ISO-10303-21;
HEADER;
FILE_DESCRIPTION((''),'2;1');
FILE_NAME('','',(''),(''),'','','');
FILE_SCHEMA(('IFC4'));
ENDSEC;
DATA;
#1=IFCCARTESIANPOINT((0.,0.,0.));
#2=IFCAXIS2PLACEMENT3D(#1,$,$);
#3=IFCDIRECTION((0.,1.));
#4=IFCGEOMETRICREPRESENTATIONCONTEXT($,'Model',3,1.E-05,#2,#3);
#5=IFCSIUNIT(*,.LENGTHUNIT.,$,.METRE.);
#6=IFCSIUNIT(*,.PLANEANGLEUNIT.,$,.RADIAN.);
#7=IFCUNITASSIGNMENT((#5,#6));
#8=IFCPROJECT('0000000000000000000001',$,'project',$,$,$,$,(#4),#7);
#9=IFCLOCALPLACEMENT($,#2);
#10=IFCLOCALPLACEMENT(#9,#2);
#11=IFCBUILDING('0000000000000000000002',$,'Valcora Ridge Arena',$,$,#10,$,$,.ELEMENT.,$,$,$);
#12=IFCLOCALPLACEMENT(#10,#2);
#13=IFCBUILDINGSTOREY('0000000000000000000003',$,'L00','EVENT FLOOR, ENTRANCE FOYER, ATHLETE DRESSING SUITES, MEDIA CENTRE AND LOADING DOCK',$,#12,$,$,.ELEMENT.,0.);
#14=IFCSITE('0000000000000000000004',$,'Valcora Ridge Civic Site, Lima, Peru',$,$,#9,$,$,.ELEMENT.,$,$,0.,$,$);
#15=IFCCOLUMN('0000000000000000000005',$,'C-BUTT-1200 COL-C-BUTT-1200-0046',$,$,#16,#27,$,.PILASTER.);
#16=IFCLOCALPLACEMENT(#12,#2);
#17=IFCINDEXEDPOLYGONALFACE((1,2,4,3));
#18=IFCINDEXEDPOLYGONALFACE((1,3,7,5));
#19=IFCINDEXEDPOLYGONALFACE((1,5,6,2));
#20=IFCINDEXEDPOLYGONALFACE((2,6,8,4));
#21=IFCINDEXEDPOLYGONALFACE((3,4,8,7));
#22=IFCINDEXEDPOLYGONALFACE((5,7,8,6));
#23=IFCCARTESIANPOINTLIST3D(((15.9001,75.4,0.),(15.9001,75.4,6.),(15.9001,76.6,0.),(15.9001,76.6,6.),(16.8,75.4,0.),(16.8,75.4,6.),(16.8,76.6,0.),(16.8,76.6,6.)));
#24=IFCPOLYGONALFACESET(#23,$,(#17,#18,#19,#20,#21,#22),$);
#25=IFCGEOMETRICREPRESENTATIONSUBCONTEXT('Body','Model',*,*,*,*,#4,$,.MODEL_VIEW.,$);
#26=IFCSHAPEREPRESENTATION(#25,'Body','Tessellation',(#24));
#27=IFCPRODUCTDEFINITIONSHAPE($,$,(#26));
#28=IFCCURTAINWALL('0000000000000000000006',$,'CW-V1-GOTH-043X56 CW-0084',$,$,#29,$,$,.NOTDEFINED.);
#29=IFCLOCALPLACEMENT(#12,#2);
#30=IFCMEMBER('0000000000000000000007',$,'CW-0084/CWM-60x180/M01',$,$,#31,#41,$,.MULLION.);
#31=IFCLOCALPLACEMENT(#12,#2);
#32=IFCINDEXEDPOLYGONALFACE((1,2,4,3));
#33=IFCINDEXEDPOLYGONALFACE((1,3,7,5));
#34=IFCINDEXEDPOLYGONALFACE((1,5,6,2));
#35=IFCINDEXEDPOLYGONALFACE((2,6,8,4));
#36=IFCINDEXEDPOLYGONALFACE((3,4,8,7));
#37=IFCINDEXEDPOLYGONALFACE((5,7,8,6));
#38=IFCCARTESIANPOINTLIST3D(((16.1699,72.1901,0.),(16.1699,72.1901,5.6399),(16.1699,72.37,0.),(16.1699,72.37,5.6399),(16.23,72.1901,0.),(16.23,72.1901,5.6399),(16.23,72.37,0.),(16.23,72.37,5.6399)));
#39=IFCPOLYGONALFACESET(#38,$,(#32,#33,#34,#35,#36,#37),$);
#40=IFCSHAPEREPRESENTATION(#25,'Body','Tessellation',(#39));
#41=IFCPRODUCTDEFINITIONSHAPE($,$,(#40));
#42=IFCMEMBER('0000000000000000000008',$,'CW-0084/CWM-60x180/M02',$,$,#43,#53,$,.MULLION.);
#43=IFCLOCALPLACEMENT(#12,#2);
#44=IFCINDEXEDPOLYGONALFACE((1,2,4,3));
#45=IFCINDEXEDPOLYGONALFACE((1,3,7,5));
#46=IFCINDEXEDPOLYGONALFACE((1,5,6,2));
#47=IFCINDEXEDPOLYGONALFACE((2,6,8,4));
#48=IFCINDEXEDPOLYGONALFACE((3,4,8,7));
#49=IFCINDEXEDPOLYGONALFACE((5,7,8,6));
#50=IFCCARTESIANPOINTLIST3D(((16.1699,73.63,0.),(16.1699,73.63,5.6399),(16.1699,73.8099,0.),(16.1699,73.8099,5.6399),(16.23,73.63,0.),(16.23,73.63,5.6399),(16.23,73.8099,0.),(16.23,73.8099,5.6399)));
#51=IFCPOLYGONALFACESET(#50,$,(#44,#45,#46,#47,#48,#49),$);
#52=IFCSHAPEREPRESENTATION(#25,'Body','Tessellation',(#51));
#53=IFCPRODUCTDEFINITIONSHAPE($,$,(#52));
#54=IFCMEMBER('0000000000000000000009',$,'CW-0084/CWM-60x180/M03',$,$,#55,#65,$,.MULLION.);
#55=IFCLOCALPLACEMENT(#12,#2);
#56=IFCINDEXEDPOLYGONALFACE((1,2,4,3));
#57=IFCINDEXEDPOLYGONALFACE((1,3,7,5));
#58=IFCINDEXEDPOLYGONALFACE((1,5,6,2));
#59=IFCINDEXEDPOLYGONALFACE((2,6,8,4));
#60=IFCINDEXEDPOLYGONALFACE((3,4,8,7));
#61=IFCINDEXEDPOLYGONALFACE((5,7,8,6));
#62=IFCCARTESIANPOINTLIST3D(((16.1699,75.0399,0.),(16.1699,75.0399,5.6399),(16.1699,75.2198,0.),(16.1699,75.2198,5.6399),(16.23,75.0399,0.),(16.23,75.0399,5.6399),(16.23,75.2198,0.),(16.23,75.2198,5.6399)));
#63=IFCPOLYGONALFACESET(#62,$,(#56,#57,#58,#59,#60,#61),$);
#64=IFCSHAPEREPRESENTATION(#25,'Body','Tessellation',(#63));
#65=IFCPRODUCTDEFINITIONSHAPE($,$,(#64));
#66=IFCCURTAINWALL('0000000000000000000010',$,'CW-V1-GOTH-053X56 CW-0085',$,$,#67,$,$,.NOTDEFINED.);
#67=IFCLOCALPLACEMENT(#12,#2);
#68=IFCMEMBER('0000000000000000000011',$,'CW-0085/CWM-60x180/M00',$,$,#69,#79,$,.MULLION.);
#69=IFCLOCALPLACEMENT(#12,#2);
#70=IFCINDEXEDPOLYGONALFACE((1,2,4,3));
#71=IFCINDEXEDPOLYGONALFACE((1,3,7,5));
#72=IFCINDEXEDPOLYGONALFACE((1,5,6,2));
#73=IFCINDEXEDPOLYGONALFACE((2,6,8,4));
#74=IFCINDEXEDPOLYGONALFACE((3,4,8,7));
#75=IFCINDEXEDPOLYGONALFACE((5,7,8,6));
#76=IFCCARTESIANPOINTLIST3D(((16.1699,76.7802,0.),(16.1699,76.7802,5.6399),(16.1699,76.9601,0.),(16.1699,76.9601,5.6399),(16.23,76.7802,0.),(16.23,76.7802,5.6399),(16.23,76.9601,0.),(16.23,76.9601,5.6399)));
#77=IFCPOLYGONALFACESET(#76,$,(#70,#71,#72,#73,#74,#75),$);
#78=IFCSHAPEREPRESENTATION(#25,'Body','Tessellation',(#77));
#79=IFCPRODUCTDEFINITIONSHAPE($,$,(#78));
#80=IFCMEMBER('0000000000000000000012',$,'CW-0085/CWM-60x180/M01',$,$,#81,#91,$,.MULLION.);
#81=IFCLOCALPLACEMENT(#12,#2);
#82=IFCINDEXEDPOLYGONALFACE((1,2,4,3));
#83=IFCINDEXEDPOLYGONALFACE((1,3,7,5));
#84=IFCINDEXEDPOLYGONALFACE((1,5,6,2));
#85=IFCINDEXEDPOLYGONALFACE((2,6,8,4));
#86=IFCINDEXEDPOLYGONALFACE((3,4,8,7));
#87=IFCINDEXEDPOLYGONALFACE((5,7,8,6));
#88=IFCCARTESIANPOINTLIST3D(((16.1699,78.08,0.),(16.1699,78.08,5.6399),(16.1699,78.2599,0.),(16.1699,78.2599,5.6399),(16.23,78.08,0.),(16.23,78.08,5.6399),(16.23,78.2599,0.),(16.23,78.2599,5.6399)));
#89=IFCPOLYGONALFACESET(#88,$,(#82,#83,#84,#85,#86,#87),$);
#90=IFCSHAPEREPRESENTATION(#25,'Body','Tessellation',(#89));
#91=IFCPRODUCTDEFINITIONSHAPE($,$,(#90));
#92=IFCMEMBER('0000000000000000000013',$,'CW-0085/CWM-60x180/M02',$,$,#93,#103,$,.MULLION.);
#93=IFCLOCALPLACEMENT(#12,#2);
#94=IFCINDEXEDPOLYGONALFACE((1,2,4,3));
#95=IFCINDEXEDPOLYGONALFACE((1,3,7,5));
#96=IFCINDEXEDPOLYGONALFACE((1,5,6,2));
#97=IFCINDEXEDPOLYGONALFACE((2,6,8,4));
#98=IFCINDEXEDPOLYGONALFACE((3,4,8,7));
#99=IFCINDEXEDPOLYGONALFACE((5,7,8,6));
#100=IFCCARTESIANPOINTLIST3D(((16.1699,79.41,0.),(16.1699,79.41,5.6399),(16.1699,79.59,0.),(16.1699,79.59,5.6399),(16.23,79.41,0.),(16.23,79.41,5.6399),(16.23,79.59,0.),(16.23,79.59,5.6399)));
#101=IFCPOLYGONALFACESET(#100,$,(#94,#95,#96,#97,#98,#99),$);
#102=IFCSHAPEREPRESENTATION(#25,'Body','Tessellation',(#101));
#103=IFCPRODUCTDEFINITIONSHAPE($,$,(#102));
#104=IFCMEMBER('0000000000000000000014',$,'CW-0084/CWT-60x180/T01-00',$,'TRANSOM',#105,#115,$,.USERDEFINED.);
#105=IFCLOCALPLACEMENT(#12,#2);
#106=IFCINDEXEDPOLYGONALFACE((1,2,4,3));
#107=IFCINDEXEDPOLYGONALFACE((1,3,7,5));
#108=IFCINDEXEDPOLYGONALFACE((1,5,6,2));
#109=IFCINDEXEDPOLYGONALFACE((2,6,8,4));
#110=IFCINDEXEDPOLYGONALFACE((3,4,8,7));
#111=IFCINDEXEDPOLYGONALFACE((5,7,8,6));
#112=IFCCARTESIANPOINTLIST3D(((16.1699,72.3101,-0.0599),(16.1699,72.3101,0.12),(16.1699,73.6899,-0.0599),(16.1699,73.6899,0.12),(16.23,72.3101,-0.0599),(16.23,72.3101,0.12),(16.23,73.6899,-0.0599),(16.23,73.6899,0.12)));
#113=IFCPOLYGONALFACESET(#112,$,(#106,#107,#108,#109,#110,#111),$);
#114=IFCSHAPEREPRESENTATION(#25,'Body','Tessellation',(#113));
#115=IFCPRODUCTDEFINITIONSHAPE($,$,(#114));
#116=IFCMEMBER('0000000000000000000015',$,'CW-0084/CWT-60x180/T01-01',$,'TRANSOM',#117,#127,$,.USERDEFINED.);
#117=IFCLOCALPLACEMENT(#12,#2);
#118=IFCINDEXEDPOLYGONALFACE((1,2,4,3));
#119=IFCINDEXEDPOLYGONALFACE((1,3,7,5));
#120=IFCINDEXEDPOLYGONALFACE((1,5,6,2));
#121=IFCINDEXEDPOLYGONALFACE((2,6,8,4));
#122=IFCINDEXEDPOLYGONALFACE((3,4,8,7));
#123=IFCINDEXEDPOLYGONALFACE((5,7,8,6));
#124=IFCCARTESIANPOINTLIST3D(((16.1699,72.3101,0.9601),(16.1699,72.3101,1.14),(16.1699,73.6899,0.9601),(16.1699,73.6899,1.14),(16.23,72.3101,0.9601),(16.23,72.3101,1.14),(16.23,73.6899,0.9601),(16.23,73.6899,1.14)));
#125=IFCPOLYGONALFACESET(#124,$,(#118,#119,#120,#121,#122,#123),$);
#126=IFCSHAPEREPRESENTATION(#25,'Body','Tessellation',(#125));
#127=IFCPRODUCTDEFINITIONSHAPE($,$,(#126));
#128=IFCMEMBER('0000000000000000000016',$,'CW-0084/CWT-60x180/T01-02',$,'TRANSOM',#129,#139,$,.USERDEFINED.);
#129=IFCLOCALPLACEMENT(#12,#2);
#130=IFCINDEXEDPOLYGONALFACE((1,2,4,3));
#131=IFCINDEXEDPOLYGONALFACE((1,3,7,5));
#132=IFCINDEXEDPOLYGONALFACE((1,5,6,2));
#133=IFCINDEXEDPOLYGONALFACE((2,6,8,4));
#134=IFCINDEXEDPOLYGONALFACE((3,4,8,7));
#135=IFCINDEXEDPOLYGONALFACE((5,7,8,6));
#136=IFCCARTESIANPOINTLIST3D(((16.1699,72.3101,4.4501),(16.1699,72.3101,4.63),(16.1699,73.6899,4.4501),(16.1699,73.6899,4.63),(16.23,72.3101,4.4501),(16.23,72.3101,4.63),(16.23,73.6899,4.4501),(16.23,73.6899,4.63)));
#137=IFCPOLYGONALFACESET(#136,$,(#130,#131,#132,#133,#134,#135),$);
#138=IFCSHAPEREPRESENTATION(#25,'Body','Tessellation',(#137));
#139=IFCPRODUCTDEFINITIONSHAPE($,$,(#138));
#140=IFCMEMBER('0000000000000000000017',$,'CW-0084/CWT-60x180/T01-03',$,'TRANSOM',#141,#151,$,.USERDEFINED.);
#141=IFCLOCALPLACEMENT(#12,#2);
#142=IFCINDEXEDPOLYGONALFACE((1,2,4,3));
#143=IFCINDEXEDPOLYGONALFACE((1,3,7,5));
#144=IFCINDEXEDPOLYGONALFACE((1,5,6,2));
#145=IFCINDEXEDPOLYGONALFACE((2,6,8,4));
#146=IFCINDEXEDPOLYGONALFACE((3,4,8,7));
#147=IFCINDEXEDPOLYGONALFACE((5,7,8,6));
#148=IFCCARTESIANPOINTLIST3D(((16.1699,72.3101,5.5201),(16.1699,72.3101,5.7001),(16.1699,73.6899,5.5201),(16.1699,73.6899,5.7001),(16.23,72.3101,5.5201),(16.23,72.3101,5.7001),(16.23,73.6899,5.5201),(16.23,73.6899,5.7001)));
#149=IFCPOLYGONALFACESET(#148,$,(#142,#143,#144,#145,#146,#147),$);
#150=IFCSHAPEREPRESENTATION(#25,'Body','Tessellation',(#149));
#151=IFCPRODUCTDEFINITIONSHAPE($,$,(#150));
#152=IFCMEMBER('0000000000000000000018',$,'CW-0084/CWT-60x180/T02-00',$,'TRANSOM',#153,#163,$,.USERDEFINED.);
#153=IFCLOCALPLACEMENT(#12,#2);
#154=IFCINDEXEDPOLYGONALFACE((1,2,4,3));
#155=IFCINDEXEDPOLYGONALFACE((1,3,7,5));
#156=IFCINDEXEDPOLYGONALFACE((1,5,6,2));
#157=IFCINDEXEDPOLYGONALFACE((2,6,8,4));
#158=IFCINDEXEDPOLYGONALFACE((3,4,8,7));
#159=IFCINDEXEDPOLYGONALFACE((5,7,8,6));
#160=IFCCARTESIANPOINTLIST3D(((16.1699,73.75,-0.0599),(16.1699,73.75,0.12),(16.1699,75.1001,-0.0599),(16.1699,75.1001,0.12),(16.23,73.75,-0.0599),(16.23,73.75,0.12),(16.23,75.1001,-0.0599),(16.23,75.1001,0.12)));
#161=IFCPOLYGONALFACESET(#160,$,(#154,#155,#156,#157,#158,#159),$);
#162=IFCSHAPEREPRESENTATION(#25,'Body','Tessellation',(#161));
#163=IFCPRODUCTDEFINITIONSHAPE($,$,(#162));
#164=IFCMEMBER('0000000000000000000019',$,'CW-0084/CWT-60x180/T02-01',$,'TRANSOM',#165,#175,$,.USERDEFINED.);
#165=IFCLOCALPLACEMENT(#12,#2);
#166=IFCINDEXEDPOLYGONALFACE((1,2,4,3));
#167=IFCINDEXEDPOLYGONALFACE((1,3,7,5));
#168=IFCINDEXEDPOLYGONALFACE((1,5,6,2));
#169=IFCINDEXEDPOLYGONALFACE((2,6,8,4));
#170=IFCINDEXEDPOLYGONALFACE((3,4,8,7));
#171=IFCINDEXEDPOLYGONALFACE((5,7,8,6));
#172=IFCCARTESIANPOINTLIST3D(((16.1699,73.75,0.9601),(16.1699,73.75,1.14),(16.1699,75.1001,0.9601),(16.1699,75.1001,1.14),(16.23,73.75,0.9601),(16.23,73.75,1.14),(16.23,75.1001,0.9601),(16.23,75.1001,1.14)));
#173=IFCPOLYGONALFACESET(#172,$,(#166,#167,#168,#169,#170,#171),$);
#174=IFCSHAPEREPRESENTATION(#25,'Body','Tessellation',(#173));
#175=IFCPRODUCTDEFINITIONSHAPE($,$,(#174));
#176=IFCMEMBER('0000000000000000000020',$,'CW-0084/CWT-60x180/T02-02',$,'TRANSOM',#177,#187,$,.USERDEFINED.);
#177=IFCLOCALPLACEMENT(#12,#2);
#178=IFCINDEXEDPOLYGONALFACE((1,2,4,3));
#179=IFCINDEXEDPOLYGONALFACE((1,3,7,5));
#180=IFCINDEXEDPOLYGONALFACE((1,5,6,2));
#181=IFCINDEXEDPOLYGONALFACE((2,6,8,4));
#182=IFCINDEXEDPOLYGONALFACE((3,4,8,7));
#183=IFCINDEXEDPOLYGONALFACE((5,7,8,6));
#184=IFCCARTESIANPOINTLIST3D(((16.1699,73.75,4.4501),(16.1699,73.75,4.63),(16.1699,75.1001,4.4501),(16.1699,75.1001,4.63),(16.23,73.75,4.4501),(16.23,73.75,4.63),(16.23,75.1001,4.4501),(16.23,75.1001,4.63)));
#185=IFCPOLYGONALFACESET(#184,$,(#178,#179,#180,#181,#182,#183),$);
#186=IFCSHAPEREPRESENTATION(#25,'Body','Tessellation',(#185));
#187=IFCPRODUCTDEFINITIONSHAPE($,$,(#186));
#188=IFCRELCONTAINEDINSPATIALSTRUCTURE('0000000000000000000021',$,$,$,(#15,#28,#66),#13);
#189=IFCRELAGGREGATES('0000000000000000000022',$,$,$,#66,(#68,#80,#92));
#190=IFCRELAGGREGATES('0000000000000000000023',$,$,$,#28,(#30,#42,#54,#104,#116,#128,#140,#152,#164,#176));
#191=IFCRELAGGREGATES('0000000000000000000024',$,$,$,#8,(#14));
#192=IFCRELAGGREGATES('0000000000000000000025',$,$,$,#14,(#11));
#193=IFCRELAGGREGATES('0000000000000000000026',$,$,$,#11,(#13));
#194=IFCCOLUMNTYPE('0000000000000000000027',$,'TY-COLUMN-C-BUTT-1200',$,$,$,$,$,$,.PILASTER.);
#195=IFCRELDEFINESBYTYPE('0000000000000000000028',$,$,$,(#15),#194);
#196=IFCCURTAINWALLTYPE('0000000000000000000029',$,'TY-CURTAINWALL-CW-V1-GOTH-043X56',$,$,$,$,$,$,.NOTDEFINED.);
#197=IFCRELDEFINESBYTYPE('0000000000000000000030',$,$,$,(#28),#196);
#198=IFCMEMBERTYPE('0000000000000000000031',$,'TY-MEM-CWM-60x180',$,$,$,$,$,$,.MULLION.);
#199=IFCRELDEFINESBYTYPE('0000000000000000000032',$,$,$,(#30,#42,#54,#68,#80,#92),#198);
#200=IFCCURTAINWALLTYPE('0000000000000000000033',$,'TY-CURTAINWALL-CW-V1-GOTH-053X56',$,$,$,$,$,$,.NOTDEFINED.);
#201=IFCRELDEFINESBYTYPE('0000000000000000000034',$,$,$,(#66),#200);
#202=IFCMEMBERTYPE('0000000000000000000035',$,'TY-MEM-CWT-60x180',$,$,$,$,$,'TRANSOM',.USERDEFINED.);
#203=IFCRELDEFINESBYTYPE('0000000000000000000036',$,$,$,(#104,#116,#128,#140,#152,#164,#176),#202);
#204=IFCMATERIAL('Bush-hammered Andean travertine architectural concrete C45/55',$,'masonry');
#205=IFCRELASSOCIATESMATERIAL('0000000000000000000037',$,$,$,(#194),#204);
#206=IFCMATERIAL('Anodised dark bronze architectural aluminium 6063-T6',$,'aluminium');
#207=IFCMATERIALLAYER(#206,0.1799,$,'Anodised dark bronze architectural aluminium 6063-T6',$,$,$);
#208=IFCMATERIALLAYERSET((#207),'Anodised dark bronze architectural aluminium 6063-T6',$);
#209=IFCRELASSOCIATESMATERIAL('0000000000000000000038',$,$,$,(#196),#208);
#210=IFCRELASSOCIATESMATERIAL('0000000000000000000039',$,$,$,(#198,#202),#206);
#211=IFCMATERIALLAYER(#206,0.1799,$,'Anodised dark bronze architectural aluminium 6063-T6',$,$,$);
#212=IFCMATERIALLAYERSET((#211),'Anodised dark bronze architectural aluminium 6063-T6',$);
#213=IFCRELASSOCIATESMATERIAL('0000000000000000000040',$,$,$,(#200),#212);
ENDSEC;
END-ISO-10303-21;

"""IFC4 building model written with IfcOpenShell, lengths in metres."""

from ifc_helpers import new_model, si_unit, direction, frame, origin, origin_2d, place, context, subcontext, project, spatial, rectangle, extrude, material, layer, layer_set, material_profile, profile_set, type_object, element, aggregate, save


model = new_model("IFC4")

# Units and contexts
model_context = context("Model", 3, precision=1e-05, world=origin(), true_north=direction((0.0, 1.0)))
body_context = subcontext(model_context, "Body", "Model", "MODEL_VIEW")
ifc_project = project(units=[si_unit("LENGTHUNIT", "METRE"), si_unit("PLANEANGLEUNIT", "RADIAN")], contexts=[model_context])

# Site, building, storey
site_placement = place(None, origin())
site = spatial("IfcSite", under=ifc_project, at=site_placement, Name="Valcora Ridge Civic Site, Lima, Peru", CompositionType="ELEMENT", RefElevation=0.0)
building_placement = place(site_placement, origin())
building = spatial("IfcBuilding", under=site, at=building_placement, Name="Valcora Ridge Arena", CompositionType="ELEMENT")
storey_placement = place(building_placement, origin())
storey = spatial("IfcBuildingStorey", under=building, at=storey_placement, Name="L00", Description="EVENT FLOOR, ENTRANCE FOYER, ATHLETE DRESSING SUITES, MEDIA CENTRE AND LOADING DOCK", CompositionType="ELEMENT", Elevation=0.0)

# Column
ifc_material_1 = material(Name="Bush-hammered Andean travertine architectural concrete C45/55", Category="masonry")
ifc_material_profile_1 = material_profile(ifc_material_1, rectangle(XDim=0.8999, YDim=1.2, at=origin_2d()), Name="RC 900x1200")
ifc_profile_set_1 = profile_set([ifc_material_profile_1], Name="Bush-hammered Andean travertine architectural concrete C45/55")
column_type = type_object("IfcColumnType", Name="TY-COLUMN-C-BUTT-1200", PredefinedType="PILASTER", material=ifc_profile_set_1)
column_placement = place(storey_placement, frame((16.3501, 76.0, 0.0), z_axis=(0.0, 0.0, 1.0), x_axis=(1.0, 0.0, 0.0)))
element("IfcColumn", 1, at=column_placement, inside=storey, type_object=column_type, Name="C-BUTT-1200 COL-C-BUTT-1200-0046", PredefinedType="PILASTER", context=body_context, shape_type="SweptSolid", body=[
    extrude(rectangle(XDim=0.8999, YDim=1.2, at=origin_2d()), origin(), (0.0, 0.0, 1.0), 6.0),
])

# Curtain walls, members
ifc_material_2 = material(Name="Anodised dark bronze architectural aluminium 6063-T6", Category="aluminium")
ifc_layer_1 = layer(ifc_material_2, 0.1799, Name="Anodised dark bronze architectural aluminium 6063-T6")
ifc_layer_set_1 = layer_set([ifc_layer_1], Name="Anodised dark bronze architectural aluminium 6063-T6")
curtain_wall_type_1 = type_object("IfcCurtainWallType", Name="TY-CURTAINWALL-CW-V1-GOTH-043X56", PredefinedType="NOTDEFINED", material=ifc_layer_set_1)
curtain_wall_1_placement = place(storey_placement, origin())
curtain_wall_1 = element("IfcCurtainWall", 2, at=curtain_wall_1_placement, inside=storey, type_object=curtain_wall_type_1, Name="CW-V1-GOTH-043X56 CW-0084", PredefinedType="NOTDEFINED")
ifc_material_profile_2 = material_profile(ifc_material_2, rectangle(XDim=0.0601, YDim=0.1799, at=origin_2d()), Name="ALU MULLION 60x180")
ifc_profile_set_2 = profile_set([ifc_material_profile_2], Name="Anodised dark bronze architectural aluminium 6063-T6")
member_type_1 = type_object("IfcMemberType", Name="TY-MEM-CWM-60x180", PredefinedType="MULLION", material=ifc_profile_set_2)
member_1_placement = place(storey_placement, frame((16.2, 72.28, 0.0), z_axis=(0.0, 0.0, 1.0), x_axis=(-1.0, 0.0, 0.0)))
member_1 = element("IfcMember", 3, at=member_1_placement, type_object=member_type_1, Name="CW-0084/CWM-60x180/M01", PredefinedType="MULLION", context=body_context, shape_type="SweptSolid", body=[
    extrude(rectangle(XDim=0.0601, YDim=0.1799, at=origin_2d()), origin(), (0.0, 0.0, 1.0), 5.6399),
])
member_2_placement = place(storey_placement, frame((16.2, 73.72, 0.0), z_axis=(0.0, 0.0, 1.0), x_axis=(-1.0, 0.0, 0.0)))
member_2 = element("IfcMember", 4, at=member_2_placement, type_object=member_type_1, Name="CW-0084/CWM-60x180/M02", PredefinedType="MULLION", context=body_context, shape_type="SweptSolid", body=[
    extrude(rectangle(XDim=0.0601, YDim=0.1799, at=origin_2d()), origin(), (0.0, 0.0, 1.0), 5.6399),
])
member_3_placement = place(storey_placement, frame((16.2, 75.1299, 0.0), z_axis=(0.0, 0.0, 1.0), x_axis=(-1.0, 0.0, 0.0)))
member_3 = element("IfcMember", 5, at=member_3_placement, type_object=member_type_1, Name="CW-0084/CWM-60x180/M03", PredefinedType="MULLION", context=body_context, shape_type="SweptSolid", body=[
    extrude(rectangle(XDim=0.0601, YDim=0.1799, at=origin_2d()), origin(), (0.0, 0.0, 1.0), 5.6399),
])
ifc_layer_2 = layer(ifc_material_2, 0.1799, Name="Anodised dark bronze architectural aluminium 6063-T6")
ifc_layer_set_2 = layer_set([ifc_layer_2], Name="Anodised dark bronze architectural aluminium 6063-T6")
curtain_wall_type_2 = type_object("IfcCurtainWallType", Name="TY-CURTAINWALL-CW-V1-GOTH-053X56", PredefinedType="NOTDEFINED", material=ifc_layer_set_2)
curtain_wall_2_placement = place(storey_placement, origin())
curtain_wall_2 = element("IfcCurtainWall", 6, at=curtain_wall_2_placement, inside=storey, type_object=curtain_wall_type_2, Name="CW-V1-GOTH-053X56 CW-0085", PredefinedType="NOTDEFINED")
member_4_placement = place(storey_placement, frame((16.2, 76.8701, 0.0), z_axis=(0.0, 0.0, 1.0), x_axis=(-1.0, 0.0, 0.0)))
member_4 = element("IfcMember", 7, at=member_4_placement, type_object=member_type_1, Name="CW-0085/CWM-60x180/M00", PredefinedType="MULLION", context=body_context, shape_type="SweptSolid", body=[
    extrude(rectangle(XDim=0.0601, YDim=0.1799, at=origin_2d()), origin(), (0.0, 0.0, 1.0), 5.6399),
])
member_5_placement = place(storey_placement, frame((16.2, 78.1699, 0.0), z_axis=(0.0, 0.0, 1.0), x_axis=(-1.0, 0.0, 0.0)))
member_5 = element("IfcMember", 8, at=member_5_placement, type_object=member_type_1, Name="CW-0085/CWM-60x180/M01", PredefinedType="MULLION", context=body_context, shape_type="SweptSolid", body=[
    extrude(rectangle(XDim=0.0601, YDim=0.1799, at=origin_2d()), origin(), (0.0, 0.0, 1.0), 5.6399),
])
member_6_placement = place(storey_placement, frame((16.2, 79.5, 0.0), z_axis=(0.0, 0.0, 1.0), x_axis=(-1.0, 0.0, 0.0)))
member_6 = element("IfcMember", 9, at=member_6_placement, type_object=member_type_1, Name="CW-0085/CWM-60x180/M02", PredefinedType="MULLION", context=body_context, shape_type="SweptSolid", body=[
    extrude(rectangle(XDim=0.0601, YDim=0.1799, at=origin_2d()), origin(), (0.0, 0.0, 1.0), 5.6399),
])

# Members
ifc_material_profile_3 = material_profile(ifc_material_2, rectangle(XDim=0.0601, YDim=0.1799, at=origin_2d()), Name="ALU TRANSOM 60x180")
ifc_profile_set_3 = profile_set([ifc_material_profile_3], Name="Anodised dark bronze architectural aluminium 6063-T6")
member_type_2 = type_object("IfcMemberType", Name="TY-MEM-CWT-60x180", ElementType="TRANSOM", PredefinedType="USERDEFINED", material=ifc_profile_set_3)
member_7_placement = place(storey_placement, frame((16.2, 72.3101, 0.03), z_axis=(0.0, 1.0, 0.0), x_axis=(-1.0, 0.0, 0.0)))
member_7 = element("IfcMember", 10, at=member_7_placement, type_object=member_type_2, Name="CW-0084/CWT-60x180/T01-00", ObjectType="TRANSOM", PredefinedType="USERDEFINED", context=body_context, shape_type="SweptSolid", body=[
    extrude(rectangle(XDim=0.0601, YDim=0.1799, at=origin_2d()), origin(), (0.0, 0.0, 1.0), 1.3799),
])
member_8_placement = place(storey_placement, frame((16.2, 72.3101, 1.05), z_axis=(0.0, 1.0, 0.0), x_axis=(-1.0, 0.0, 0.0)))
member_8 = element("IfcMember", 11, at=member_8_placement, type_object=member_type_2, Name="CW-0084/CWT-60x180/T01-01", ObjectType="TRANSOM", PredefinedType="USERDEFINED", context=body_context, shape_type="SweptSolid", body=[
    extrude(rectangle(XDim=0.0601, YDim=0.1799, at=origin_2d()), origin(), (0.0, 0.0, 1.0), 1.3799),
])
member_9_placement = place(storey_placement, frame((16.2, 72.3101, 4.54), z_axis=(0.0, 1.0, 0.0), x_axis=(-1.0, 0.0, 0.0)))
member_9 = element("IfcMember", 12, at=member_9_placement, type_object=member_type_2, Name="CW-0084/CWT-60x180/T01-02", ObjectType="TRANSOM", PredefinedType="USERDEFINED", context=body_context, shape_type="SweptSolid", body=[
    extrude(rectangle(XDim=0.0601, YDim=0.1799, at=origin_2d()), origin(), (0.0, 0.0, 1.0), 1.3799),
])
member_10_placement = place(storey_placement, frame((16.2, 72.3101, 5.6101), z_axis=(0.0, 1.0, 0.0), x_axis=(-1.0, 0.0, 0.0)))
member_10 = element("IfcMember", 13, at=member_10_placement, type_object=member_type_2, Name="CW-0084/CWT-60x180/T01-03", ObjectType="TRANSOM", PredefinedType="USERDEFINED", context=body_context, shape_type="SweptSolid", body=[
    extrude(rectangle(XDim=0.0601, YDim=0.1799, at=origin_2d()), origin(), (0.0, 0.0, 1.0), 1.3799),
])
member_11_placement = place(storey_placement, frame((16.2, 73.75, 0.03), z_axis=(0.0, 1.0, 0.0), x_axis=(-1.0, 0.0, 0.0)))
member_11 = element("IfcMember", 14, at=member_11_placement, type_object=member_type_2, Name="CW-0084/CWT-60x180/T02-00", ObjectType="TRANSOM", PredefinedType="USERDEFINED", context=body_context, shape_type="SweptSolid", body=[
    extrude(rectangle(XDim=0.0601, YDim=0.1799, at=origin_2d()), origin(), (0.0, 0.0, 1.0), 1.3501),
])
member_12_placement = place(storey_placement, frame((16.2, 73.75, 1.05), z_axis=(0.0, 1.0, 0.0), x_axis=(-1.0, 0.0, 0.0)))
member_12 = element("IfcMember", 15, at=member_12_placement, type_object=member_type_2, Name="CW-0084/CWT-60x180/T02-01", ObjectType="TRANSOM", PredefinedType="USERDEFINED", context=body_context, shape_type="SweptSolid", body=[
    extrude(rectangle(XDim=0.0601, YDim=0.1799, at=origin_2d()), origin(), (0.0, 0.0, 1.0), 1.3501),
])
member_13_placement = place(storey_placement, frame((16.2, 73.75, 4.54), z_axis=(0.0, 1.0, 0.0), x_axis=(-1.0, 0.0, 0.0)))
member_13 = element("IfcMember", 16, at=member_13_placement, type_object=member_type_2, Name="CW-0084/CWT-60x180/T02-02", ObjectType="TRANSOM", PredefinedType="USERDEFINED", context=body_context, shape_type="SweptSolid", body=[
    extrude(rectangle(XDim=0.0601, YDim=0.1799, at=origin_2d()), origin(), (0.0, 0.0, 1.0), 1.3501),
])

aggregate(curtain_wall_2, [member_4, member_5, member_6])
aggregate(curtain_wall_1, [member_1, member_2, member_3, member_7, member_8, member_9, member_10, member_11, member_12, member_13])

save(model, "model.ifc")
